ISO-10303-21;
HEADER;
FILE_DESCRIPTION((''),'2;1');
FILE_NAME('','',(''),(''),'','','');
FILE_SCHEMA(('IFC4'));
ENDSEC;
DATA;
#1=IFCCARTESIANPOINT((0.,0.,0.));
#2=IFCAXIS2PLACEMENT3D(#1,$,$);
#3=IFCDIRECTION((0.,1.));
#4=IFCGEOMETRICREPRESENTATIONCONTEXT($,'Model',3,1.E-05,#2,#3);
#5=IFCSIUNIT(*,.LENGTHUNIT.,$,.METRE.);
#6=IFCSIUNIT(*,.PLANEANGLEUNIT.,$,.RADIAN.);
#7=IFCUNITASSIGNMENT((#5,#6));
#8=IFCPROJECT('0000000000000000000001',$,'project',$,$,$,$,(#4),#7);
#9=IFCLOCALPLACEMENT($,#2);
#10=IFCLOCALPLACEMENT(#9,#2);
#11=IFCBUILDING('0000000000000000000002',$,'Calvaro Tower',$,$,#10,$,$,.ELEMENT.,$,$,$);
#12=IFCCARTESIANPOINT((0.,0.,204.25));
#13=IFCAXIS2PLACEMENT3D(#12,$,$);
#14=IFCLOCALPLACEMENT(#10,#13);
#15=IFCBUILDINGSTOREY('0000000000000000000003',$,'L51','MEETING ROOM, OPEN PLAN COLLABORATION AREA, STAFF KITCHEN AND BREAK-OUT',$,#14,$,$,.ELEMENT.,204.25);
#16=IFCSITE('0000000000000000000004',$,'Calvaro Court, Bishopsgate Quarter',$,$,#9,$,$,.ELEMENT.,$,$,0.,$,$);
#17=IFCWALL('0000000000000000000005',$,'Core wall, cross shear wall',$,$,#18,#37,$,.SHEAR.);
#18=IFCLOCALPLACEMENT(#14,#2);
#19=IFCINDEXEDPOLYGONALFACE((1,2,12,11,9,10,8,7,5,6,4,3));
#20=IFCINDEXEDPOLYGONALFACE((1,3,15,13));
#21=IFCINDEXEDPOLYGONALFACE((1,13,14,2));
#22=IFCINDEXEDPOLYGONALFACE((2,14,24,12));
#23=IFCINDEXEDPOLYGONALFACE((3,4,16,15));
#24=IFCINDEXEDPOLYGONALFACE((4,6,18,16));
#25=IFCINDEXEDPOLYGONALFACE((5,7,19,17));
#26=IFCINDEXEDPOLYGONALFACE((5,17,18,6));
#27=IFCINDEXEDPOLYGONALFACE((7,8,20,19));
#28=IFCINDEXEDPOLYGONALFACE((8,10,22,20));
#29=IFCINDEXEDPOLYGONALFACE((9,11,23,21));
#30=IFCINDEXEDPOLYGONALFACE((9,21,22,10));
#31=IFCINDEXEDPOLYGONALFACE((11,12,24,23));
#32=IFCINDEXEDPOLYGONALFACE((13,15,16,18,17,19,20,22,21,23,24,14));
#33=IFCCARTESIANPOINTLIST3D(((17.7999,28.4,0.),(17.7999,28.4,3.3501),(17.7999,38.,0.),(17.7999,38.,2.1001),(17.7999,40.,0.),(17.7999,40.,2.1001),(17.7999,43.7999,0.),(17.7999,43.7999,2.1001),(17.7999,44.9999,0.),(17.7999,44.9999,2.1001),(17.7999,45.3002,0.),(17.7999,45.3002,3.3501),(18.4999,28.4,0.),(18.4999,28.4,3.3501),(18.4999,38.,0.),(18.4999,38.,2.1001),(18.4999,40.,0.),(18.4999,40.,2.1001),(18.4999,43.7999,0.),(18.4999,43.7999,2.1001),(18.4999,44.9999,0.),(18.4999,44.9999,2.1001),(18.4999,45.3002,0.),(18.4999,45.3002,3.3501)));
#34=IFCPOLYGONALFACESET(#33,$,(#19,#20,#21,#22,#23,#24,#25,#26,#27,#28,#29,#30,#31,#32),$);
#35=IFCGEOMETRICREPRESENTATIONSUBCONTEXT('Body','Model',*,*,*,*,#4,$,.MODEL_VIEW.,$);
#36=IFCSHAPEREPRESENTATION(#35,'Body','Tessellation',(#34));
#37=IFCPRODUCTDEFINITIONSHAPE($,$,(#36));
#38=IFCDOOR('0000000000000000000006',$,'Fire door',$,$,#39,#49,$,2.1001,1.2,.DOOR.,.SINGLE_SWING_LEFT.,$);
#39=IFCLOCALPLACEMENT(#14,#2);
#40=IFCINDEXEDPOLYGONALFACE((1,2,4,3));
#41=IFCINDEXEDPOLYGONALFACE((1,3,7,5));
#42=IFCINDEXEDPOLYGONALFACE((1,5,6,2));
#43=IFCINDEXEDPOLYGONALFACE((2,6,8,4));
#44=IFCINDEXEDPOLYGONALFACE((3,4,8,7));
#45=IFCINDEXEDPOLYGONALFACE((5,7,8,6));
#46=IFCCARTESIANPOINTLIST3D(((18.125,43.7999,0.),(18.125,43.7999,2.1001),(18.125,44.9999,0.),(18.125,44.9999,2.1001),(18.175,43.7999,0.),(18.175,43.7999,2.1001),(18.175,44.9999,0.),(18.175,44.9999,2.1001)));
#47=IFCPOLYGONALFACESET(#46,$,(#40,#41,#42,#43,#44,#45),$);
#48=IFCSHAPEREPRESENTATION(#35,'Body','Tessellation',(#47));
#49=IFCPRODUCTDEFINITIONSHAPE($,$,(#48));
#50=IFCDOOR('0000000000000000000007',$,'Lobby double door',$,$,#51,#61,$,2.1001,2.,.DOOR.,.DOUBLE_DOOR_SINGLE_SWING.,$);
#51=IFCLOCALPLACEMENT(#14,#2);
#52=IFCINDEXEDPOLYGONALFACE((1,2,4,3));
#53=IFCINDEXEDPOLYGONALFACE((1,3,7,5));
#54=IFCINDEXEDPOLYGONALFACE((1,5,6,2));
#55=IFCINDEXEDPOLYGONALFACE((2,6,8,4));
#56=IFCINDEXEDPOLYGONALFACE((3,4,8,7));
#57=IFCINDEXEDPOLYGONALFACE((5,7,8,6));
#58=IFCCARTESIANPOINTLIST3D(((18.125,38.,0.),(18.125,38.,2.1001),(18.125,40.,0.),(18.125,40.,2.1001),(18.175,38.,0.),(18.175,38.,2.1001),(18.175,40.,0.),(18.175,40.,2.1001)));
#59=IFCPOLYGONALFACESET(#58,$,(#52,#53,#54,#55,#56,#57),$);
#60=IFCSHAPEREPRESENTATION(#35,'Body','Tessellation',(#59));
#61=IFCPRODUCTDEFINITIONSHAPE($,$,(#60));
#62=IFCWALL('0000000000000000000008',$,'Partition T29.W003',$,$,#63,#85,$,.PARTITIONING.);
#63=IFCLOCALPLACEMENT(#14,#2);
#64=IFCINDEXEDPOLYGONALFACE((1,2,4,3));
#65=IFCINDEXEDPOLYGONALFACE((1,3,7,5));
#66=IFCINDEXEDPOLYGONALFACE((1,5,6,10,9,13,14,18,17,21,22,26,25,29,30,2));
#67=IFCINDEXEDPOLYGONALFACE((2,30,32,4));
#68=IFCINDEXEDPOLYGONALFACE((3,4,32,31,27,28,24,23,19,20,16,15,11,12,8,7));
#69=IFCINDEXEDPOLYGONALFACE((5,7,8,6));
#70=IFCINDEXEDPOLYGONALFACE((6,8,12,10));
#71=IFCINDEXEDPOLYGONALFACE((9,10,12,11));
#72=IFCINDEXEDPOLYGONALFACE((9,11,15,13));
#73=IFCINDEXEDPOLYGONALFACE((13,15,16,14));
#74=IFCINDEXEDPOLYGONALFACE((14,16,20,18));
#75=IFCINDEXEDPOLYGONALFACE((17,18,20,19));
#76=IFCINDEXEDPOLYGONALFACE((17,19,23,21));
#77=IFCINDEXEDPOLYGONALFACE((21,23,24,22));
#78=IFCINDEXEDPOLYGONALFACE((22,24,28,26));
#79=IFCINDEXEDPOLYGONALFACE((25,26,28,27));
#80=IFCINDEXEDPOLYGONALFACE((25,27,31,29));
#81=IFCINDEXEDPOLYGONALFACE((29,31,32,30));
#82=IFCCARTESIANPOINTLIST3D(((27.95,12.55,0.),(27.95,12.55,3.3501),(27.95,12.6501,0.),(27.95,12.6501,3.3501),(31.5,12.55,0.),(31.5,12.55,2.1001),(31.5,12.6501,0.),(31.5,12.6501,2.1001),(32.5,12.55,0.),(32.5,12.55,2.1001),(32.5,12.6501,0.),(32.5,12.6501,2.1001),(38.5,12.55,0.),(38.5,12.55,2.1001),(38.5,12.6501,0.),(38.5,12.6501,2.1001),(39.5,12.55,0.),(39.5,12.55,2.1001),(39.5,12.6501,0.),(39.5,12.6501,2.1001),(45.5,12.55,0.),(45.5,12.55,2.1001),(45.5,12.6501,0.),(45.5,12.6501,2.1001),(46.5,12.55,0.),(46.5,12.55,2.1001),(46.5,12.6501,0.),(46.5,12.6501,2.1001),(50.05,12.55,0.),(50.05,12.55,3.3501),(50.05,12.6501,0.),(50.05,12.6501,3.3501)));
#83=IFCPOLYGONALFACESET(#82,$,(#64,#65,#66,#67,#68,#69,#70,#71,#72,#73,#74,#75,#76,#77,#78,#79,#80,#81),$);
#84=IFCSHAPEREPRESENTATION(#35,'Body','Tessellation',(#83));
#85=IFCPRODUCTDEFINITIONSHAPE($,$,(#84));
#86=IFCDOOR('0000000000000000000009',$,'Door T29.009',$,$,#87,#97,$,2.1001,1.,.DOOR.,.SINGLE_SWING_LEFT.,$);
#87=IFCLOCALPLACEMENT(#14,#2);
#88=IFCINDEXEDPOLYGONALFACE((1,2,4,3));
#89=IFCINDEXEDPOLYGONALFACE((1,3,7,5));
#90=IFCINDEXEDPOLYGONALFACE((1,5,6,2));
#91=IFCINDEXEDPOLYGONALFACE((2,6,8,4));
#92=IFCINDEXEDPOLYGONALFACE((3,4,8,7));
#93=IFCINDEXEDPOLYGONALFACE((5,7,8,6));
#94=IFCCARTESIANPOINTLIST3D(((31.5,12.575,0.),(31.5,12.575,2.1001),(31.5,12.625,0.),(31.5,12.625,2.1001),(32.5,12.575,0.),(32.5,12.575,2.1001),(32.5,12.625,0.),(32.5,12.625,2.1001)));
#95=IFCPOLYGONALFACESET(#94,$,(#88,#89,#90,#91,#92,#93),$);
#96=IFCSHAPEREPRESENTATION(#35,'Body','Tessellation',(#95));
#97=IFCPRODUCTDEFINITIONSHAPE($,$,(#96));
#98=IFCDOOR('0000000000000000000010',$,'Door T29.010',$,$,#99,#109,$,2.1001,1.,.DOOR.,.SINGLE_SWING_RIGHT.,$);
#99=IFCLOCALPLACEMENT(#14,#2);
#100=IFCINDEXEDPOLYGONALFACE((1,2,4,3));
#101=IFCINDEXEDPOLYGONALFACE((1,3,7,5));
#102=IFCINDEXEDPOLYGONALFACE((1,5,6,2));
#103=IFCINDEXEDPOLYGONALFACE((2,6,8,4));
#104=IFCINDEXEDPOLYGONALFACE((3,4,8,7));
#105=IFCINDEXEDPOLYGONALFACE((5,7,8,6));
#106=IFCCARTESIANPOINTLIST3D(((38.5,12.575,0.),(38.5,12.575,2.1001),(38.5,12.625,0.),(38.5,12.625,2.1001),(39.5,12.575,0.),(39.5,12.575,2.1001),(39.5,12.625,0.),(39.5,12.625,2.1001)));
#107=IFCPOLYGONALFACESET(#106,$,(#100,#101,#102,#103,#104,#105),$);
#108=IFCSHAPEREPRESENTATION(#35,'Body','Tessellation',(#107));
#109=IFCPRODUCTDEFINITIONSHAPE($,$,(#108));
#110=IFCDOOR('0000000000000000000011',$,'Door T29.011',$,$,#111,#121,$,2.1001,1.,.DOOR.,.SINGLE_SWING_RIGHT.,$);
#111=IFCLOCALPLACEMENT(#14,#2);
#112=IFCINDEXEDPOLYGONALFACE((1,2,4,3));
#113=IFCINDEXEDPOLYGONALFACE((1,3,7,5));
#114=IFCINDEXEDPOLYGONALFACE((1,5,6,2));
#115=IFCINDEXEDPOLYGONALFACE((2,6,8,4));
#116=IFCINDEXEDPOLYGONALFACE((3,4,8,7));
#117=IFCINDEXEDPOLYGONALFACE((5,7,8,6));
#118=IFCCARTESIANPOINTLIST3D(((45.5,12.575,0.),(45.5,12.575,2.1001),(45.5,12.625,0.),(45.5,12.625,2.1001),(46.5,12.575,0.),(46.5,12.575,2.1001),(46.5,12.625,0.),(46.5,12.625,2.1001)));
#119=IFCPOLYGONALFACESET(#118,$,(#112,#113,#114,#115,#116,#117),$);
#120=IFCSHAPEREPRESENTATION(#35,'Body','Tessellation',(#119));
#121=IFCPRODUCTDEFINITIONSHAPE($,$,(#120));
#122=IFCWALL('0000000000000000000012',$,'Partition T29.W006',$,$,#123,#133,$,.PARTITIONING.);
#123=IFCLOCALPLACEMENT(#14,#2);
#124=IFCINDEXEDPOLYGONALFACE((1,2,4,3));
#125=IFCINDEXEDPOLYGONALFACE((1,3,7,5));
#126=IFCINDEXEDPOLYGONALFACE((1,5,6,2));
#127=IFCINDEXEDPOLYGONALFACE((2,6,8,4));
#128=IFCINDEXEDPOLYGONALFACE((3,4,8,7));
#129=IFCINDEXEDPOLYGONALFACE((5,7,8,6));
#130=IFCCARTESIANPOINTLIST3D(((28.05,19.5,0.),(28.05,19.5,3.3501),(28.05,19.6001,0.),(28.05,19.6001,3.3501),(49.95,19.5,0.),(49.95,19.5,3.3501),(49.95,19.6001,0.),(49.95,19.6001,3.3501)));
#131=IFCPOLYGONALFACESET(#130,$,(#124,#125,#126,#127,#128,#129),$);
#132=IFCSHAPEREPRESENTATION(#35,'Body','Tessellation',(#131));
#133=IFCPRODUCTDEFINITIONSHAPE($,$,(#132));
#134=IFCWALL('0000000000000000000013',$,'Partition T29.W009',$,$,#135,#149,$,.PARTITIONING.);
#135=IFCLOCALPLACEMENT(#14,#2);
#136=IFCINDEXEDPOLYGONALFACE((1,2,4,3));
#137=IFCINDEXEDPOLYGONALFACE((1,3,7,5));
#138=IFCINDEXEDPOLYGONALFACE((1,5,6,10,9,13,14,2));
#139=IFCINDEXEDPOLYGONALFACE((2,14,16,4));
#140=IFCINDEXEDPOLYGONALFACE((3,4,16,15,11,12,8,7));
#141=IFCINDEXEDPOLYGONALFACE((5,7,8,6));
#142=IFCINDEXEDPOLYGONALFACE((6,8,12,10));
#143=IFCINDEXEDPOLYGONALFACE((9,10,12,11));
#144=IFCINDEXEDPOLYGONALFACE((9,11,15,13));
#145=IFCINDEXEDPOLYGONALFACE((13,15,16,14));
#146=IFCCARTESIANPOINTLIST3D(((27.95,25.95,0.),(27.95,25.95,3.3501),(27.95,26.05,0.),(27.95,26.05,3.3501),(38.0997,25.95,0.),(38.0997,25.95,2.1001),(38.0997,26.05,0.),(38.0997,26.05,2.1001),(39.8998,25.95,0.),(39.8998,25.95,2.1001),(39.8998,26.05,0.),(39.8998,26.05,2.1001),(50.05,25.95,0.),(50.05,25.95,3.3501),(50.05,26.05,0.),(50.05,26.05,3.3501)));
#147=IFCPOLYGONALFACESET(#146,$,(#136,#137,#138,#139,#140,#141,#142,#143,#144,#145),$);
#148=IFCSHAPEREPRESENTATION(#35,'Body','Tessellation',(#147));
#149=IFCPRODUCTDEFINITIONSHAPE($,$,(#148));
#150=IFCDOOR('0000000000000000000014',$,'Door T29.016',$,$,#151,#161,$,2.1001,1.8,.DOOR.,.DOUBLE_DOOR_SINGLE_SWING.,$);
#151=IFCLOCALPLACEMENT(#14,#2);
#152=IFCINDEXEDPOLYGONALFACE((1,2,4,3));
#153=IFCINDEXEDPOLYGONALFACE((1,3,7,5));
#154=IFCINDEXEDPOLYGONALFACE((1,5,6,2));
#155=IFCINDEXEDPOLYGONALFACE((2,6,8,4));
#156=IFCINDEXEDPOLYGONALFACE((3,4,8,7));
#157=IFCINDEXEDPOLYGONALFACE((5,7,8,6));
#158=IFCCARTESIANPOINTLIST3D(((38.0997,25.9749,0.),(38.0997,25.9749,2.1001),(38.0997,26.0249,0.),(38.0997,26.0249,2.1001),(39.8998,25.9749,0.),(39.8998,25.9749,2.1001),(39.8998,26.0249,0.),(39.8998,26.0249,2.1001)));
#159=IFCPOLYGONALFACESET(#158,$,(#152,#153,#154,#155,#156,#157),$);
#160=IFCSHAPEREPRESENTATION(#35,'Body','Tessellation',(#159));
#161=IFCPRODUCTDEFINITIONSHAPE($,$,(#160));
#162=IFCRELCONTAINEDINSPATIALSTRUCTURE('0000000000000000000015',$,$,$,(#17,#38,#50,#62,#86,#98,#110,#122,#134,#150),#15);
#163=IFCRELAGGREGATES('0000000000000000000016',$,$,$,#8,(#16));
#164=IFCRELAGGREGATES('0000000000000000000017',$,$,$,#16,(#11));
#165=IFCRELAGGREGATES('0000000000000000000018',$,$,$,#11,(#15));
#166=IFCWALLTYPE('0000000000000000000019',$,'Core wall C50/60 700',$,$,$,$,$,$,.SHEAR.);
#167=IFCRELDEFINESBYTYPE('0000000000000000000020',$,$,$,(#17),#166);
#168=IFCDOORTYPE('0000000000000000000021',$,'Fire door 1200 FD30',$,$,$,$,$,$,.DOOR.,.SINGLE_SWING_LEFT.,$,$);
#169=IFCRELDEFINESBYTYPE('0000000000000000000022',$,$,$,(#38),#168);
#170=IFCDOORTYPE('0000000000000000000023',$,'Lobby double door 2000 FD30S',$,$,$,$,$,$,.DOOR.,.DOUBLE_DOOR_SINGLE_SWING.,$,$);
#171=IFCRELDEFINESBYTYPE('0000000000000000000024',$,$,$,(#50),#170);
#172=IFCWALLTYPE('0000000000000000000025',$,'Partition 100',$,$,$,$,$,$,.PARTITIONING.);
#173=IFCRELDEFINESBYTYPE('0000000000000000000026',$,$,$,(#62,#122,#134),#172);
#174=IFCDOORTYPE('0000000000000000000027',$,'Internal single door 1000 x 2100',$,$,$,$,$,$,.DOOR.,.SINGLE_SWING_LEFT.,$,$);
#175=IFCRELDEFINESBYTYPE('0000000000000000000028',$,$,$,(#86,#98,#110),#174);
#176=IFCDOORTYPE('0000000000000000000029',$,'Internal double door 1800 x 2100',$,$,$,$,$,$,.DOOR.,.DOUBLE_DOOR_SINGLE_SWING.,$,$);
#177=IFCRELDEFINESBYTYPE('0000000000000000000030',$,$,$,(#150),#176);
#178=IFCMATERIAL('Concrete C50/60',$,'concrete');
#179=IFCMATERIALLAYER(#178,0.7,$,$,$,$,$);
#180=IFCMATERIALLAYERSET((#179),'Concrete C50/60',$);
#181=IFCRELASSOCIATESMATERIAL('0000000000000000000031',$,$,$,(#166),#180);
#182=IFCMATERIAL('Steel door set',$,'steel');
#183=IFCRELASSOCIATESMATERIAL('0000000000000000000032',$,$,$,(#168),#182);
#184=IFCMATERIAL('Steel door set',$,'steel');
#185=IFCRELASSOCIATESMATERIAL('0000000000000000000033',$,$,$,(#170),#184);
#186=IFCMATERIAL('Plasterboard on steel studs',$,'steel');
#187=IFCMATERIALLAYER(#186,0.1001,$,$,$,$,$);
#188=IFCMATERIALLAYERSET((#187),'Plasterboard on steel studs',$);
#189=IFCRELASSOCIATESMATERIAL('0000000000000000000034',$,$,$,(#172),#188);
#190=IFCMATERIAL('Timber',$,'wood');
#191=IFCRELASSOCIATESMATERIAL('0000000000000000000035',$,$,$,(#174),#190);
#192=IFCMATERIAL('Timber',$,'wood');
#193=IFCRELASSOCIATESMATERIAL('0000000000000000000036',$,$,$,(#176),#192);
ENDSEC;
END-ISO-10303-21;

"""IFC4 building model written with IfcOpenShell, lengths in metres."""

from ifc_helpers import new_model, si_unit, direction, frame, frame_2d, origin, place, context, subcontext, project, spatial, rectangle, extrude, material, layer, layer_set, type_object, element, fill, save


model = new_model("IFC4")

# Units and contexts
model_context = context("Model", 3, precision=1e-05, world=origin(), true_north=direction((0.0, 1.0)))
body_context = subcontext(model_context, "Body", "Model", "MODEL_VIEW")
ifc_project = project(units=[si_unit("LENGTHUNIT", "METRE"), si_unit("PLANEANGLEUNIT", "RADIAN")], contexts=[model_context])

# Site, building, storey
site_placement = place(None, origin())
site = spatial("IfcSite", under=ifc_project, at=site_placement, Name="Calvaro Court, Bishopsgate Quarter", CompositionType="ELEMENT", RefElevation=0.0)
building_placement = place(site_placement, origin())
building = spatial("IfcBuilding", under=site, at=building_placement, Name="Calvaro Tower", CompositionType="ELEMENT")
storey_placement = place(building_placement, frame((0.0, 0.0, 204.25)))
storey = spatial("IfcBuildingStorey", under=building, at=storey_placement, Name="L51", Description="MEETING ROOM, OPEN PLAN COLLABORATION AREA, STAFF KITCHEN AND BREAK-OUT", CompositionType="ELEMENT", Elevation=204.25)

# Walls, openings, doors
ifc_material_1 = material(Name="Concrete C50/60", Category="concrete")
ifc_layer_1 = layer(ifc_material_1, 0.7)
ifc_layer_set_1 = layer_set([ifc_layer_1], Name="Concrete C50/60")
wall_type_1 = type_object("IfcWallType", Name="Core wall C50/60 700", PredefinedType="SHEAR", material=ifc_layer_set_1)
wall_1_placement = place(storey_placement, frame((18.1499, 28.3999, 0.0), z_axis=(0.0, 0.0, 1.0), x_axis=(0.0, 1.0, 0.0)))
wall_1 = element("IfcWall", 1, at=wall_1_placement, inside=storey, type_object=wall_type_1, Name="Core wall, cross shear wall", PredefinedType="SHEAR", context=body_context, shape_type="SweptSolid", body=[
    extrude(rectangle(XDim=16.9001, YDim=0.7, at=frame_2d((8.4502, 0.0))), origin(), (0.0, 0.0, 1.0), 3.3501),
])
opening_1_placement = place(wall_1_placement, frame((9.6001, 0.0, 0.0)))
opening_1 = element("IfcOpeningElement", 2, at=opening_1_placement, cuts=wall_1, PredefinedType="OPENING", context=body_context, shape_type="SweptSolid", body=[
    extrude(rectangle(XDim=2.0, YDim=2.1001, at=frame_2d((1.0, 1.05))), frame((0.0, 0.3599, 0.0), z_axis=(0.0, -1.0, 0.0), x_axis=(1.0, 0.0, 0.0)), (0.0, 0.0, 1.0), 0.72),
])
opening_2_placement = place(wall_1_placement, frame((15.3999, 0.0, 0.0)))
opening_2 = element("IfcOpeningElement", 3, at=opening_2_placement, cuts=wall_1, PredefinedType="OPENING", context=body_context, shape_type="SweptSolid", body=[
    extrude(rectangle(XDim=1.2, YDim=2.1001, at=frame_2d((0.6001, 1.05))), frame((0.0, 0.3599, 0.0), z_axis=(0.0, -1.0, 0.0), x_axis=(1.0, 0.0, 0.0)), (0.0, 0.0, 1.0), 0.72),
])
ifc_material_2 = material(Name="Steel door set", Category="steel")
door_type_1 = type_object("IfcDoorType", Name="Fire door 1200 FD30", OperationType="SINGLE_SWING_LEFT", PredefinedType="DOOR", material=ifc_material_2)
door_1_placement = place(opening_2_placement, origin())
door_1 = element("IfcDoor", 4, at=door_1_placement, inside=storey, type_object=door_type_1, Name="Fire door", OperationType="SINGLE_SWING_LEFT", OverallHeight=2.1001, OverallWidth=1.2, PredefinedType="DOOR", context=body_context, shape_type="SweptSolid", body=[
    extrude(rectangle(XDim=1.2, YDim=2.1001, at=frame_2d((0.6001, 1.05))), frame((0.0, 0.0249, 0.0), z_axis=(0.0, -1.0, 0.0), x_axis=(1.0, 0.0, 0.0)), (0.0, 0.0, 1.0), 0.05),
])
fill(opening_2, door_1)
ifc_material_3 = material(Name="Steel door set", Category="steel")
door_type_2 = type_object("IfcDoorType", Name="Lobby double door 2000 FD30S", OperationType="DOUBLE_DOOR_SINGLE_SWING", PredefinedType="DOOR", material=ifc_material_3)
door_2_placement = place(opening_1_placement, origin())
door_2 = element("IfcDoor", 5, at=door_2_placement, inside=storey, type_object=door_type_2, Name="Lobby double door", OperationType="DOUBLE_DOOR_SINGLE_SWING", OverallHeight=2.1001, OverallWidth=2.0, PredefinedType="DOOR", context=body_context, shape_type="SweptSolid", body=[
    extrude(rectangle(XDim=2.0, YDim=2.1001, at=frame_2d((1.0, 1.05))), frame((0.0, 0.0249, 0.0), z_axis=(0.0, -1.0, 0.0), x_axis=(1.0, 0.0, 0.0)), (0.0, 0.0, 1.0), 0.05),
])
fill(opening_1, door_2)
ifc_material_4 = material(Name="Plasterboard on steel studs", Category="steel")
ifc_layer_2 = layer(ifc_material_4, 0.1001)
ifc_layer_set_2 = layer_set([ifc_layer_2], Name="Plasterboard on steel studs")
wall_type_2 = type_object("IfcWallType", Name="Partition 100", PredefinedType="PARTITIONING", material=ifc_layer_set_2)
wall_2_placement = place(storey_placement, frame((27.95, 12.6001, 0.0), z_axis=(0.0, 0.0, 1.0), x_axis=(1.0, 0.0, 0.0)))
wall_2 = element("IfcWall", 6, at=wall_2_placement, inside=storey, type_object=wall_type_2, Name="Partition T29.W003", PredefinedType="PARTITIONING", context=body_context, shape_type="SweptSolid", body=[
    extrude(rectangle(XDim=22.1001, YDim=0.1001, at=frame_2d((11.05, 0.0))), origin(), (0.0, 0.0, 1.0), 3.3501),
])
opening_3_placement = place(wall_2_placement, frame((3.55, 0.0, 0.0)))
opening_3 = element("IfcOpeningElement", 7, at=opening_3_placement, cuts=wall_2, PredefinedType="OPENING", context=body_context, shape_type="SweptSolid", body=[
    extrude(rectangle(XDim=1.0, YDim=2.1001, at=frame_2d((0.5, 1.05))), frame((0.0, 0.0601, 0.0), z_axis=(0.0, -1.0, 0.0), x_axis=(1.0, 0.0, 0.0)), (0.0, 0.0, 1.0), 0.1201),
])
opening_4_placement = place(wall_2_placement, frame((10.55, 0.0, 0.0)))
opening_4 = element("IfcOpeningElement", 8, at=opening_4_placement, cuts=wall_2, PredefinedType="OPENING", context=body_context, shape_type="SweptSolid", body=[
    extrude(rectangle(XDim=1.0, YDim=2.1001, at=frame_2d((0.5, 1.05))), frame((0.0, 0.0601, 0.0), z_axis=(0.0, -1.0, 0.0), x_axis=(1.0, 0.0, 0.0)), (0.0, 0.0, 1.0), 0.1201),
])
opening_5_placement = place(wall_2_placement, frame((17.55, 0.0, 0.0)))
opening_5 = element("IfcOpeningElement", 9, at=opening_5_placement, cuts=wall_2, PredefinedType="OPENING", context=body_context, shape_type="SweptSolid", body=[
    extrude(rectangle(XDim=1.0, YDim=2.1001, at=frame_2d((0.5, 1.05))), frame((0.0, 0.0601, 0.0), z_axis=(0.0, -1.0, 0.0), x_axis=(1.0, 0.0, 0.0)), (0.0, 0.0, 1.0), 0.1201),
])
ifc_material_5 = material(Name="Timber", Category="wood")
door_type_3 = type_object("IfcDoorType", Name="Internal single door 1000 x 2100", OperationType="SINGLE_SWING_LEFT", PredefinedType="DOOR", material=ifc_material_5)
door_3_placement = place(opening_3_placement, origin())
door_3 = element("IfcDoor", 10, at=door_3_placement, inside=storey, type_object=door_type_3, Name="Door T29.009", OperationType="SINGLE_SWING_LEFT", OverallHeight=2.1001, OverallWidth=1.0, PredefinedType="DOOR", context=body_context, shape_type="SweptSolid", body=[
    extrude(rectangle(XDim=1.0, YDim=2.1001, at=frame_2d((0.5, 1.05))), frame((0.0, 0.0249, 0.0), z_axis=(0.0, -1.0, 0.0), x_axis=(1.0, 0.0, 0.0)), (0.0, 0.0, 1.0), 0.05),
])
fill(opening_3, door_3)
door_4_placement = place(opening_4_placement, origin())
door_4 = element("IfcDoor", 11, at=door_4_placement, inside=storey, type_object=door_type_3, Name="Door T29.010", OperationType="SINGLE_SWING_RIGHT", OverallHeight=2.1001, OverallWidth=1.0, PredefinedType="DOOR", context=body_context, shape_type="SweptSolid", body=[
    extrude(rectangle(XDim=1.0, YDim=2.1001, at=frame_2d((0.5, 1.05))), frame((0.0, 0.0249, 0.0), z_axis=(0.0, -1.0, 0.0), x_axis=(1.0, 0.0, 0.0)), (0.0, 0.0, 1.0), 0.05),
])
fill(opening_4, door_4)
door_5_placement = place(opening_5_placement, origin())
door_5 = element("IfcDoor", 12, at=door_5_placement, inside=storey, type_object=door_type_3, Name="Door T29.011", OperationType="SINGLE_SWING_RIGHT", OverallHeight=2.1001, OverallWidth=1.0, PredefinedType="DOOR", context=body_context, shape_type="SweptSolid", body=[
    extrude(rectangle(XDim=1.0, YDim=2.1001, at=frame_2d((0.5, 1.05))), frame((0.0, 0.0249, 0.0), z_axis=(0.0, -1.0, 0.0), x_axis=(1.0, 0.0, 0.0)), (0.0, 0.0, 1.0), 0.05),
])
fill(opening_5, door_5)

# Wall
wall_3_placement = place(storey_placement, frame((28.05, 19.55, 0.0), z_axis=(0.0, 0.0, 1.0), x_axis=(1.0, 0.0, 0.0)))
element("IfcWall", 13, at=wall_3_placement, inside=storey, type_object=wall_type_2, Name="Partition T29.W006", PredefinedType="PARTITIONING", context=body_context, shape_type="SweptSolid", body=[
    extrude(rectangle(XDim=21.8999, YDim=0.1001, at=frame_2d((10.95, 0.0))), origin(), (0.0, 0.0, 1.0), 3.3501),
])

# Wall, opening, door
wall_4_placement = place(storey_placement, frame((27.95, 26.0, 0.0), z_axis=(0.0, 0.0, 1.0), x_axis=(1.0, 0.0, 0.0)))
wall_4 = element("IfcWall", 14, at=wall_4_placement, inside=storey, type_object=wall_type_2, Name="Partition T29.W009", PredefinedType="PARTITIONING", context=body_context, shape_type="SweptSolid", body=[
    extrude(rectangle(XDim=22.1001, YDim=0.1001, at=frame_2d((11.05, 0.0))), origin(), (0.0, 0.0, 1.0), 3.3501),
])
opening_6_placement = place(wall_4_placement, frame((10.1499, 0.0, 0.0)))
opening_6 = element("IfcOpeningElement", 15, at=opening_6_placement, cuts=wall_4, PredefinedType="OPENING", context=body_context, shape_type="SweptSolid", body=[
    extrude(rectangle(XDim=1.8, YDim=2.1001, at=frame_2d((0.8999, 1.05))), frame((0.0, 0.0601, 0.0), z_axis=(0.0, -1.0, 0.0), x_axis=(1.0, 0.0, 0.0)), (0.0, 0.0, 1.0), 0.1201),
])
ifc_material_6 = material(Name="Timber", Category="wood")
door_type_4 = type_object("IfcDoorType", Name="Internal double door 1800 x 2100", OperationType="DOUBLE_DOOR_SINGLE_SWING", PredefinedType="DOOR", material=ifc_material_6)
door_6_placement = place(opening_6_placement, origin())
door_6 = element("IfcDoor", 16, at=door_6_placement, inside=storey, type_object=door_type_4, Name="Door T29.016", OperationType="DOUBLE_DOOR_SINGLE_SWING", OverallHeight=2.1001, OverallWidth=1.8, PredefinedType="DOOR", context=body_context, shape_type="SweptSolid", body=[
    extrude(rectangle(XDim=1.8, YDim=2.1001, at=frame_2d((0.8999, 1.05))), frame((0.0, 0.0249, 0.0), z_axis=(0.0, -1.0, 0.0), x_axis=(1.0, 0.0, 0.0)), (0.0, 0.0, 1.0), 0.05),
])
fill(opening_6, door_6)

save(model, "model.ifc")
